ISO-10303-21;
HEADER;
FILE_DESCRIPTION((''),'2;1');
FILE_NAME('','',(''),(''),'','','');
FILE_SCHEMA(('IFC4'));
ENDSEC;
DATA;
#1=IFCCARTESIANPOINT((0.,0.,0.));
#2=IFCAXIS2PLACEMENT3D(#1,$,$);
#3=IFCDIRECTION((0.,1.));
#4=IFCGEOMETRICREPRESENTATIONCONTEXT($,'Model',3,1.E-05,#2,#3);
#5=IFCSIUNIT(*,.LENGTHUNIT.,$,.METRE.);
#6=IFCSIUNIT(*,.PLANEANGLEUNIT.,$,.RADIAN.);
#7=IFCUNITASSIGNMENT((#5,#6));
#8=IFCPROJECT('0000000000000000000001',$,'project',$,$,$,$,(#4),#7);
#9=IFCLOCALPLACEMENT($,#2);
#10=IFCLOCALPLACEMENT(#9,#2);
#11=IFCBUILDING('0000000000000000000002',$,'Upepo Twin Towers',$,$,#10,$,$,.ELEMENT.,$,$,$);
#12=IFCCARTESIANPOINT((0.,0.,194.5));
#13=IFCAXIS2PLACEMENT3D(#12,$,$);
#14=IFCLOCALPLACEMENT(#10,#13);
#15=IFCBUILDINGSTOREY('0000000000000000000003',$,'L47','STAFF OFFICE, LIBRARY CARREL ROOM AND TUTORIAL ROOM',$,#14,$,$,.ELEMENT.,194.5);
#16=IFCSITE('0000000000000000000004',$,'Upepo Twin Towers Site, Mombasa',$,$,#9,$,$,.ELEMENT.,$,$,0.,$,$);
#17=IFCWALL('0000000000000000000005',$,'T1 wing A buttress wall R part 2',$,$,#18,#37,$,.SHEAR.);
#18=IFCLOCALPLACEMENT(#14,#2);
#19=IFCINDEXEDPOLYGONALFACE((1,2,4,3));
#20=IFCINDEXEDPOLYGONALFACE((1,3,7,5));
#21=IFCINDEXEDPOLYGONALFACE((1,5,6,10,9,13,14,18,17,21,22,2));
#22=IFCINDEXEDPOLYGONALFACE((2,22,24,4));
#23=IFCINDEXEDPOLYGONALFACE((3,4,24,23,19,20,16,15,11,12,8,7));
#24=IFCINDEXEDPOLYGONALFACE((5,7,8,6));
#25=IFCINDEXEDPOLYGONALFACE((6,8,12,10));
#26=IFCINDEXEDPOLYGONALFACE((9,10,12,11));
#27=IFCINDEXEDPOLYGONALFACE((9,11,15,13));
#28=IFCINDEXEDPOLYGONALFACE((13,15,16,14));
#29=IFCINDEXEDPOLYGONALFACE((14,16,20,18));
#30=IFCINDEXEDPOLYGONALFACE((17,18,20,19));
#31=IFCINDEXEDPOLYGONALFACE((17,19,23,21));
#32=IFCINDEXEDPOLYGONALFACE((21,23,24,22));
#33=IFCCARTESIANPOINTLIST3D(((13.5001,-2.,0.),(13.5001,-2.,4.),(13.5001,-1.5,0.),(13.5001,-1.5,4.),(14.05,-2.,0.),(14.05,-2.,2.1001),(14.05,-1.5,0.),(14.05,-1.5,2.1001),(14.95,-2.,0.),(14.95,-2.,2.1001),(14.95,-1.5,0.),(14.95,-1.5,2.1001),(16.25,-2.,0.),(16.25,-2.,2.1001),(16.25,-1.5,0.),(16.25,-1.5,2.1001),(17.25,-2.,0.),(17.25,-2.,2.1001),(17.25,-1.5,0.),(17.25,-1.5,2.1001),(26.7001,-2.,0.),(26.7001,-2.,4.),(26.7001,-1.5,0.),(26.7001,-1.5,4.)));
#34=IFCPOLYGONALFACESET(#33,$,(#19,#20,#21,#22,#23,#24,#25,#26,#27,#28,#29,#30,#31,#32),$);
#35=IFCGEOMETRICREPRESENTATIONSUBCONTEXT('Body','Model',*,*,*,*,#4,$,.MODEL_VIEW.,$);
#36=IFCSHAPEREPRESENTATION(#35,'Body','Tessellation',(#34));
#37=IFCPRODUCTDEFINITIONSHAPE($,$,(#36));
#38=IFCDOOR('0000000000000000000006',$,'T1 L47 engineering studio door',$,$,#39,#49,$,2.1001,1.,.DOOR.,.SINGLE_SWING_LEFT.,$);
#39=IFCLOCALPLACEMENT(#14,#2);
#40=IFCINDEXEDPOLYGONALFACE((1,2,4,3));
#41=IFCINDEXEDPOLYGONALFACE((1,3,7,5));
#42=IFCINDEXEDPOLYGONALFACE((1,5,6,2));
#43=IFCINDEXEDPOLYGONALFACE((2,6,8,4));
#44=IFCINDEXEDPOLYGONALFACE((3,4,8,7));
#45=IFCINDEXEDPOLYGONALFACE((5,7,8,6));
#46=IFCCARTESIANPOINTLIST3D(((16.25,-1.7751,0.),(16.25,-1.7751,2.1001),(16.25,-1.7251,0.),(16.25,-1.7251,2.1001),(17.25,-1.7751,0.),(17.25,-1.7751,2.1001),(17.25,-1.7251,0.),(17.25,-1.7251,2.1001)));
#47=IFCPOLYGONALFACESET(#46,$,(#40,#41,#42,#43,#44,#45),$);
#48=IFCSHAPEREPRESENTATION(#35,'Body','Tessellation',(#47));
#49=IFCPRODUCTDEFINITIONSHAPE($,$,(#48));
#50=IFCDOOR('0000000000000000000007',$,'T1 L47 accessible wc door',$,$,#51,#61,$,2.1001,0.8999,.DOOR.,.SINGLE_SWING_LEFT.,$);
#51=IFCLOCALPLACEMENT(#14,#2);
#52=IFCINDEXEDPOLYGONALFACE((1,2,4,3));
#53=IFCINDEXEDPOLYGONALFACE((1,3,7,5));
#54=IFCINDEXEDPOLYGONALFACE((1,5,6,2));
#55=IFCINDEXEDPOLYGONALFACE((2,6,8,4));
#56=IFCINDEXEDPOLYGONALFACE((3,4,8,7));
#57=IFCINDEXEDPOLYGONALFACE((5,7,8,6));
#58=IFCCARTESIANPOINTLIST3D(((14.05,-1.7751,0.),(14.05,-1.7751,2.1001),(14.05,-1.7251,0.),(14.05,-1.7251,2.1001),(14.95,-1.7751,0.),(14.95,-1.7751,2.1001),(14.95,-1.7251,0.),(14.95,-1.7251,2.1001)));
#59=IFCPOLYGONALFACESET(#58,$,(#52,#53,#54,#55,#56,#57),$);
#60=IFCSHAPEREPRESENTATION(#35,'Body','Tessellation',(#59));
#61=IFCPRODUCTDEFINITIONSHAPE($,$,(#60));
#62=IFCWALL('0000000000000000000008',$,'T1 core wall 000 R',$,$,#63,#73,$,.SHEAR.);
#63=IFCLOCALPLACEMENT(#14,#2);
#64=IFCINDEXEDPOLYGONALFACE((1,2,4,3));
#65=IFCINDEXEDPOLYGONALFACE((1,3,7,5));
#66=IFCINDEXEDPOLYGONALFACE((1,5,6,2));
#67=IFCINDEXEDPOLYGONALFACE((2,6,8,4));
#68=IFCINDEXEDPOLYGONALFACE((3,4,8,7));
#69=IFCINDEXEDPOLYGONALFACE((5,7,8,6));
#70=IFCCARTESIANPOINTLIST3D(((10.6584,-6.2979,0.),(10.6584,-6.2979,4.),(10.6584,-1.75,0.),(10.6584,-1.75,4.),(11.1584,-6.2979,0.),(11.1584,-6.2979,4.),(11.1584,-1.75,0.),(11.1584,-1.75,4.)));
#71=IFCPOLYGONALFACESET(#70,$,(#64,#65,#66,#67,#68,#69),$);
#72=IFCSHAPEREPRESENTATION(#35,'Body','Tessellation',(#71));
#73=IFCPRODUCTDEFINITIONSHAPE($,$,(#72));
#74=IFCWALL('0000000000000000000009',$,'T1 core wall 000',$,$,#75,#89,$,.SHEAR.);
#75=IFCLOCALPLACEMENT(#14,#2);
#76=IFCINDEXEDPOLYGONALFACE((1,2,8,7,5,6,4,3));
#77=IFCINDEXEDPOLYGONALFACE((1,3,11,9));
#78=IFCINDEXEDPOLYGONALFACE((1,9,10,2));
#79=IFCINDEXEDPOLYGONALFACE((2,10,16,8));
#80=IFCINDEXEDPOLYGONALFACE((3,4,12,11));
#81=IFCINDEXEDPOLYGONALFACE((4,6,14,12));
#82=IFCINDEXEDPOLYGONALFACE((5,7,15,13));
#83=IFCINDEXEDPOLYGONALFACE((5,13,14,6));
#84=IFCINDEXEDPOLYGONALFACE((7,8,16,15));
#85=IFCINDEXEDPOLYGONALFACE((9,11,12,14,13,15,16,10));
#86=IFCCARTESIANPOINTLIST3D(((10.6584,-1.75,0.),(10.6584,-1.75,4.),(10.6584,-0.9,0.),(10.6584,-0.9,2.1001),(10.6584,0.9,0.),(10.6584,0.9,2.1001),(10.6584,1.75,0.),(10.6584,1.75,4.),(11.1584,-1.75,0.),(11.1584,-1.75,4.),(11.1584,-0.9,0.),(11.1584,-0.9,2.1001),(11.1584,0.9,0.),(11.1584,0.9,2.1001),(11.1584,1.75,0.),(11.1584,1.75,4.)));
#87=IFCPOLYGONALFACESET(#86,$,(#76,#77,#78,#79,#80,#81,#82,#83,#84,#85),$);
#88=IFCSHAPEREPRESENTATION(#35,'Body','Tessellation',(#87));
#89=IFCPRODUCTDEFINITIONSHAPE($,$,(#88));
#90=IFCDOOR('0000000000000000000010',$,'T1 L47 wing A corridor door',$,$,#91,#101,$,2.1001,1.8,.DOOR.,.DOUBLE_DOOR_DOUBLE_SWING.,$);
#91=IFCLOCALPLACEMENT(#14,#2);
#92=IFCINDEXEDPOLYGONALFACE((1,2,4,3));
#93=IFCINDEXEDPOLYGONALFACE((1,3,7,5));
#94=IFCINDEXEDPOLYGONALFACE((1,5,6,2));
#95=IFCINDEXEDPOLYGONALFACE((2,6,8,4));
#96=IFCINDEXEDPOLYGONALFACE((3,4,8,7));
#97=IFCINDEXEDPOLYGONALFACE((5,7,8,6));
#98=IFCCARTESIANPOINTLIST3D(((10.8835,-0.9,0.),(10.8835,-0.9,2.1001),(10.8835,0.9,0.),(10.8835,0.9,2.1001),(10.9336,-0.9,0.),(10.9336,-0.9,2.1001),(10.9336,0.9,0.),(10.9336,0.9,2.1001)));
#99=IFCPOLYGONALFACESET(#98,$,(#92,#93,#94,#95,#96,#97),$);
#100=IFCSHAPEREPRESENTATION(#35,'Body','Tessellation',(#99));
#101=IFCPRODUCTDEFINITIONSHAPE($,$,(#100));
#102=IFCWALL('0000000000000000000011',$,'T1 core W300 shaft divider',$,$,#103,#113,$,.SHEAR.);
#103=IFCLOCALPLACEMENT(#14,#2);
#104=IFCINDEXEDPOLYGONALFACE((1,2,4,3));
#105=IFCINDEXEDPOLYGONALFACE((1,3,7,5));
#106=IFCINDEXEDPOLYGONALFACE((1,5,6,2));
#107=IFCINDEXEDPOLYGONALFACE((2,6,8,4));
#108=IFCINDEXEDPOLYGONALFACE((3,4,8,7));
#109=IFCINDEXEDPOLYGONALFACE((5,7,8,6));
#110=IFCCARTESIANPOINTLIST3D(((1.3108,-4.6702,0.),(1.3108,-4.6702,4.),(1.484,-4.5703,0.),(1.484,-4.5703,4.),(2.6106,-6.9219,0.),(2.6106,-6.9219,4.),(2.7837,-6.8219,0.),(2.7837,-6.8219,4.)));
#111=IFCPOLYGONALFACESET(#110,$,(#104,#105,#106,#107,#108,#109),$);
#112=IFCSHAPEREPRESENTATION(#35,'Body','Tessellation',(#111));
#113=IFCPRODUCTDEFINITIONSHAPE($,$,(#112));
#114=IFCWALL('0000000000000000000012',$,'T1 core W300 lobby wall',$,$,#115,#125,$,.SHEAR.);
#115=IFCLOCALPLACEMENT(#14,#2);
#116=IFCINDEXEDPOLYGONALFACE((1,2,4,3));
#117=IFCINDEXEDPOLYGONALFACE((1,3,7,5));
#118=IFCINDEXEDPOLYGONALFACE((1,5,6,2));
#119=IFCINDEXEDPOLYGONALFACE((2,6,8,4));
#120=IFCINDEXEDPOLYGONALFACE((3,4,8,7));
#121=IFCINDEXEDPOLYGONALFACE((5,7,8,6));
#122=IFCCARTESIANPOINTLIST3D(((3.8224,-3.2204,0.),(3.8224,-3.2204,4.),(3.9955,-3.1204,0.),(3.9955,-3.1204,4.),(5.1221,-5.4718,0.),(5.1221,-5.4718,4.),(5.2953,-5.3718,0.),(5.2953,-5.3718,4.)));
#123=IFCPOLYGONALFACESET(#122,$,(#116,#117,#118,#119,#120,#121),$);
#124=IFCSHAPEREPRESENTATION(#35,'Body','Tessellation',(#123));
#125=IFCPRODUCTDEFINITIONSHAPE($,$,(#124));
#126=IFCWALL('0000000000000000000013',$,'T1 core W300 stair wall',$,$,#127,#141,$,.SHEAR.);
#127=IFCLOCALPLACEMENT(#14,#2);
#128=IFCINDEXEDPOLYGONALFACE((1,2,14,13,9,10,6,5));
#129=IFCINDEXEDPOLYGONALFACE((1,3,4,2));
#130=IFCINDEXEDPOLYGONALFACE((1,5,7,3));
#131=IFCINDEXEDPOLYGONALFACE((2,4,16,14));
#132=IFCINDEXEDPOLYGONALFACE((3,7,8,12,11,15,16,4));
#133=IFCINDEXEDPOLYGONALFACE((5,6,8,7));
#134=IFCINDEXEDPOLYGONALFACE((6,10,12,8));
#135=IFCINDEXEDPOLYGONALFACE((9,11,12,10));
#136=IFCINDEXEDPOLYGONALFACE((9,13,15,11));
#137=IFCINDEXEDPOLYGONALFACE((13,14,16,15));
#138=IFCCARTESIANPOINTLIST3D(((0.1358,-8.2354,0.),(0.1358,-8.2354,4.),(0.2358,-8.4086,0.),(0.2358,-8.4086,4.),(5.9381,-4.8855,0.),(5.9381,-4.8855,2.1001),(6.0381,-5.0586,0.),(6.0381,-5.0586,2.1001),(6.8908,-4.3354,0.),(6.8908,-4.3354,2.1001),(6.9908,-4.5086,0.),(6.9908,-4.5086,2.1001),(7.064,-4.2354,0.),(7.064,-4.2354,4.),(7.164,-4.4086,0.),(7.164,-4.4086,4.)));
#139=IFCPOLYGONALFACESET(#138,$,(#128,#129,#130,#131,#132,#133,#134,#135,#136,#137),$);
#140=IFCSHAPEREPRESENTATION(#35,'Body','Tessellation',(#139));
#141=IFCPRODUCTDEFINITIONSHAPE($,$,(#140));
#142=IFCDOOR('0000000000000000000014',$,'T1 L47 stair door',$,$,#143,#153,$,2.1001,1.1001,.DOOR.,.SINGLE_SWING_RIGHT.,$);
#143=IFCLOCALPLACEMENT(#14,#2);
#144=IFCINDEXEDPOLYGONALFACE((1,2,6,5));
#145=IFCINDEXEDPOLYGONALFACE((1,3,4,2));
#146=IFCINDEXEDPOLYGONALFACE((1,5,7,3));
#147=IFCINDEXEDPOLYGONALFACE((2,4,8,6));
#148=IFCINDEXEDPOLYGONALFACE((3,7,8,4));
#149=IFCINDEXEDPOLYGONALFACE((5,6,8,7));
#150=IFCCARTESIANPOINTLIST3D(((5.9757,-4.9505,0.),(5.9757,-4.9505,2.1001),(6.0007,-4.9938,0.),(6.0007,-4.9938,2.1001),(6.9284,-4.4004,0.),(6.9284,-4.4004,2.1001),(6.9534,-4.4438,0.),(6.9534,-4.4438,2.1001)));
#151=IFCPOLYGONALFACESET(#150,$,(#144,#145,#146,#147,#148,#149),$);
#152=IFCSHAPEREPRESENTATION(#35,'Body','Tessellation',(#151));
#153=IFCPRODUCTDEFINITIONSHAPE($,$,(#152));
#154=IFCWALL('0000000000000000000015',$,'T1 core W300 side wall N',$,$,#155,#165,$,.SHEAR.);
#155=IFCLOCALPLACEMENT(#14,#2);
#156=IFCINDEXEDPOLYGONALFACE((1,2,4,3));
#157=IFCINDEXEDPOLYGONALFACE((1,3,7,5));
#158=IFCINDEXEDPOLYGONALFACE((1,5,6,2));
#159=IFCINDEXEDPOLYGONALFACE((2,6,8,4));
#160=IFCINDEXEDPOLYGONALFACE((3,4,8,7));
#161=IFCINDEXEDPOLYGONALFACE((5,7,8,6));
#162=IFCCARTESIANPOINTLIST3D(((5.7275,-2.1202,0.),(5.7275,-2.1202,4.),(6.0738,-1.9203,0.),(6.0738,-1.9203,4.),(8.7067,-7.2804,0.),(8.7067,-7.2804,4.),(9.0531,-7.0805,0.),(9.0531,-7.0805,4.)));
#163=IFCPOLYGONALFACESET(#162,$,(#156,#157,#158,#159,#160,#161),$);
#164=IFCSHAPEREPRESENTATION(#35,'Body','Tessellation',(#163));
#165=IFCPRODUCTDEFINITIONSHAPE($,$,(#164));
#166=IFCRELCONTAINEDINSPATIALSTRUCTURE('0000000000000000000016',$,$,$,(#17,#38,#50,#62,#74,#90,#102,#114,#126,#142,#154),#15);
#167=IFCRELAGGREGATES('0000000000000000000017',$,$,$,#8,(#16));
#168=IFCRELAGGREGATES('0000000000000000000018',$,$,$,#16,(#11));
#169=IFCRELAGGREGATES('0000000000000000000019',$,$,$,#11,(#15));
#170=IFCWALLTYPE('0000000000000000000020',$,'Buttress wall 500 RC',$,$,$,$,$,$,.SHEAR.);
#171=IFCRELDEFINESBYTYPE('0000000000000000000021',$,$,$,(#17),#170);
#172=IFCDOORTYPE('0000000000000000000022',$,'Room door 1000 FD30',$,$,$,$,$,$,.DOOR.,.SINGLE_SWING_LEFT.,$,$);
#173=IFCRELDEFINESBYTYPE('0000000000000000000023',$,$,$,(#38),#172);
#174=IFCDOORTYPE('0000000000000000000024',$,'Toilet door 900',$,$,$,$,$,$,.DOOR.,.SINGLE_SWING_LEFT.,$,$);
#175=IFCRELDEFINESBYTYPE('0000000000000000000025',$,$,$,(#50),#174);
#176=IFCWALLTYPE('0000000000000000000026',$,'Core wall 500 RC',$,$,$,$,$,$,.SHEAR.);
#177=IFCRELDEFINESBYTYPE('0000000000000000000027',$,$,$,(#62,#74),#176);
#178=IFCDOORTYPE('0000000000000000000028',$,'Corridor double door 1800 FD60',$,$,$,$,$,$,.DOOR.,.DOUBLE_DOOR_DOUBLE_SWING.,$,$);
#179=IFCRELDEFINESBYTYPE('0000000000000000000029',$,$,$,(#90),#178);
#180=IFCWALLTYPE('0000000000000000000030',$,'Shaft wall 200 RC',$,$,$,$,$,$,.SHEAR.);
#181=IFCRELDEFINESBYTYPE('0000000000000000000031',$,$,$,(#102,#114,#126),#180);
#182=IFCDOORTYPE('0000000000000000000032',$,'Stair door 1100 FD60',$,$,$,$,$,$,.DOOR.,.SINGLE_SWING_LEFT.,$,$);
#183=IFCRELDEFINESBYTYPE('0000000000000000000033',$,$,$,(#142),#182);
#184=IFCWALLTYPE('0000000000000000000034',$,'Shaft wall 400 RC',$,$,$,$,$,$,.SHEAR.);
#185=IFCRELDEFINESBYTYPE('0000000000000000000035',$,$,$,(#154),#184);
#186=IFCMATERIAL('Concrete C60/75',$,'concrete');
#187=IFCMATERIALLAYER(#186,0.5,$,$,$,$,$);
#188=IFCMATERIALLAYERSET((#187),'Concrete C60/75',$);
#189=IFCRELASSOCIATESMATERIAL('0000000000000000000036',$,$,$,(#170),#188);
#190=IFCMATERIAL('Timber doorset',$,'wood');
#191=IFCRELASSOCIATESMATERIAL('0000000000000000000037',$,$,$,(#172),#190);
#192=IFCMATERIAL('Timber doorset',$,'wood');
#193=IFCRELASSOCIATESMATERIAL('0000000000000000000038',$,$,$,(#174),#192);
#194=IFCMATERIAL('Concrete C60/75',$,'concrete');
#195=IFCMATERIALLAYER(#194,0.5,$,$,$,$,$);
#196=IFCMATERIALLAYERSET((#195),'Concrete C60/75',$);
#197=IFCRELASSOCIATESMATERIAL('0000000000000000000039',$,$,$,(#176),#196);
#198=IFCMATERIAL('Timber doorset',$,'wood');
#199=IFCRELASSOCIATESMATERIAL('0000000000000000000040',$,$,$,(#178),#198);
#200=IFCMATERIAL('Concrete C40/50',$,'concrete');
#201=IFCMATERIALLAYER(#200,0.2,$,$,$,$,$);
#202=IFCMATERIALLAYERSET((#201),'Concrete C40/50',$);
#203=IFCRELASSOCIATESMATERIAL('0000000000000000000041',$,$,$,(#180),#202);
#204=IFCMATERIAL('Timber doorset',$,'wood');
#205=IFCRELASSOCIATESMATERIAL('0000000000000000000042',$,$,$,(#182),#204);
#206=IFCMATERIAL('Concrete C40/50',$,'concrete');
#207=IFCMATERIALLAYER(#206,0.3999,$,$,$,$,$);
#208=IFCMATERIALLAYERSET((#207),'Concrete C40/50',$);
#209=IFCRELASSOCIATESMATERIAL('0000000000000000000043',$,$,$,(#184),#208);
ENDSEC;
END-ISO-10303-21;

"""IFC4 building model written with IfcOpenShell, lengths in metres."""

from ifc_helpers import new_model, si_unit, direction, frame, frame_2d, origin, place, context, subcontext, project, spatial, rectangle, extrude, material, layer, layer_set, type_object, element, fill, save


model = new_model("IFC4")

# Units and contexts
model_context = context("Model", 3, precision=1e-05, world=origin(), true_north=direction((0.0, 1.0)))
body_context = subcontext(model_context, "Body", "Model", "MODEL_VIEW")
ifc_project = project(units=[si_unit("LENGTHUNIT", "METRE"), si_unit("PLANEANGLEUNIT", "RADIAN")], contexts=[model_context])

# Site, building, storey
site_placement = place(None, origin())
site = spatial("IfcSite", under=ifc_project, at=site_placement, Name="Upepo Twin Towers Site, Mombasa", CompositionType="ELEMENT", RefElevation=0.0)
building_placement = place(site_placement, origin())
building = spatial("IfcBuilding", under=site, at=building_placement, Name="Upepo Twin Towers", CompositionType="ELEMENT")
storey_placement = place(building_placement, frame((0.0, 0.0, 194.5)))
storey = spatial("IfcBuildingStorey", under=building, at=storey_placement, Name="L47", Description="STAFF OFFICE, LIBRARY CARREL ROOM AND TUTORIAL ROOM", CompositionType="ELEMENT", Elevation=194.5)

# Wall, openings, doors
ifc_material_1 = material(Name="Concrete C60/75", Category="concrete")
ifc_layer_1 = layer(ifc_material_1, 0.5)
ifc_layer_set_1 = layer_set([ifc_layer_1], Name="Concrete C60/75")
wall_type_1 = type_object("IfcWallType", Name="Buttress wall 500 RC", PredefinedType="SHEAR", material=ifc_layer_set_1)
wall_1_placement = place(storey_placement, frame((13.5, -1.75, 0.0), z_axis=(0.0, 0.0, 1.0), x_axis=(1.0, 0.0, 0.0)))
wall_1 = element("IfcWall", 1, at=wall_1_placement, inside=storey, type_object=wall_type_1, Name="T1 wing A buttress wall R part 2", PredefinedType="SHEAR", context=body_context, shape_type="SweptSolid", body=[
    extrude(rectangle(XDim=13.2, YDim=0.5, at=frame_2d((6.6001, 0.0))), origin(), (0.0, 0.0, 1.0), 4.0),
])
opening_1_placement = place(wall_1_placement, frame((0.55, 0.0, 0.0)))
opening_1 = element("IfcOpeningElement", 2, at=opening_1_placement, cuts=wall_1, PredefinedType="OPENING", context=body_context, shape_type="SweptSolid", body=[
    extrude(rectangle(XDim=0.8999, YDim=2.1001, at=frame_2d((0.45, 1.05))), frame((0.0, 0.26, 0.0), z_axis=(0.0, -1.0, 0.0), x_axis=(1.0, 0.0, 0.0)), (0.0, 0.0, 1.0), 0.52),
])
opening_2_placement = place(wall_1_placement, frame((2.75, 0.0, 0.0)))
opening_2 = element("IfcOpeningElement", 3, at=opening_2_placement, cuts=wall_1, PredefinedType="OPENING", context=body_context, shape_type="SweptSolid", body=[
    extrude(rectangle(XDim=1.0, YDim=2.1001, at=frame_2d((0.5, 1.05))), frame((0.0, 0.26, 0.0), z_axis=(0.0, -1.0, 0.0), x_axis=(1.0, 0.0, 0.0)), (0.0, 0.0, 1.0), 0.52),
])
ifc_material_2 = material(Name="Timber doorset", Category="wood")
door_type_1 = type_object("IfcDoorType", Name="Room door 1000 FD30", OperationType="SINGLE_SWING_LEFT", PredefinedType="DOOR", material=ifc_material_2)
door_1_placement = place(opening_2_placement, origin())
door_1 = element("IfcDoor", 4, at=door_1_placement, inside=storey, type_object=door_type_1, Name="T1 L47 engineering studio door", OperationType="SINGLE_SWING_LEFT", OverallHeight=2.1001, OverallWidth=1.0, PredefinedType="DOOR", context=body_context, shape_type="SweptSolid", body=[
    extrude(rectangle(XDim=1.0, YDim=2.1001, at=frame_2d((0.5, 1.05))), frame((0.0, 0.0249, 0.0), z_axis=(0.0, -1.0, 0.0), x_axis=(1.0, 0.0, 0.0)), (0.0, 0.0, 1.0), 0.05),
])
fill(opening_2, door_1)
ifc_material_3 = material(Name="Timber doorset", Category="wood")
door_type_2 = type_object("IfcDoorType", Name="Toilet door 900", OperationType="SINGLE_SWING_LEFT", PredefinedType="DOOR", material=ifc_material_3)
door_2_placement = place(opening_1_placement, origin())
door_2 = element("IfcDoor", 5, at=door_2_placement, inside=storey, type_object=door_type_2, Name="T1 L47 accessible wc door", OperationType="SINGLE_SWING_LEFT", OverallHeight=2.1001, OverallWidth=0.8999, PredefinedType="DOOR", context=body_context, shape_type="SweptSolid", body=[
    extrude(rectangle(XDim=0.8999, YDim=2.1001, at=frame_2d((0.45, 1.05))), frame((0.0, 0.0249, 0.0), z_axis=(0.0, -1.0, 0.0), x_axis=(1.0, 0.0, 0.0)), (0.0, 0.0, 1.0), 0.05),
])
fill(opening_1, door_2)

# Wall
ifc_material_4 = material(Name="Concrete C60/75", Category="concrete")
ifc_layer_2 = layer(ifc_material_4, 0.5)
ifc_layer_set_2 = layer_set([ifc_layer_2], Name="Concrete C60/75")
wall_type_2 = type_object("IfcWallType", Name="Core wall 500 RC", PredefinedType="SHEAR", material=ifc_layer_set_2)
wall_2_placement = place(storey_placement, frame((10.9084, -6.2979, 0.0), z_axis=(0.0, 0.0, 1.0), x_axis=(0.0, 1.0, 0.0)))
element("IfcWall", 6, at=wall_2_placement, inside=storey, type_object=wall_type_2, Name="T1 core wall 000 R", PredefinedType="SHEAR", context=body_context, shape_type="SweptSolid", body=[
    extrude(rectangle(XDim=4.5479, YDim=0.5, at=frame_2d((2.2739, 0.0))), origin(), (0.0, 0.0, 1.0), 4.0),
])

# Wall, opening, door
wall_3_placement = place(storey_placement, frame((10.9084, -1.75, 0.0), z_axis=(0.0, 0.0, 1.0), x_axis=(0.0, 1.0, 0.0)))
wall_3 = element("IfcWall", 7, at=wall_3_placement, inside=storey, type_object=wall_type_2, Name="T1 core wall 000", PredefinedType="SHEAR", context=body_context, shape_type="SweptSolid", body=[
    extrude(rectangle(XDim=3.5, YDim=0.5, at=frame_2d((1.75, 0.0))), origin(), (0.0, 0.0, 1.0), 4.0),
])
opening_3_placement = place(wall_3_placement, frame((0.8501, 0.0, 0.0)))
opening_3 = element("IfcOpeningElement", 8, at=opening_3_placement, cuts=wall_3, PredefinedType="OPENING", context=body_context, shape_type="SweptSolid", body=[
    extrude(rectangle(XDim=1.8, YDim=2.1001, at=frame_2d((0.8999, 1.05))), frame((0.0, 0.26, 0.0), z_axis=(0.0, -1.0, 0.0), x_axis=(1.0, 0.0, 0.0)), (0.0, 0.0, 1.0), 0.52),
])
ifc_material_5 = material(Name="Timber doorset", Category="wood")
door_type_3 = type_object("IfcDoorType", Name="Corridor double door 1800 FD60", OperationType="DOUBLE_DOOR_DOUBLE_SWING", PredefinedType="DOOR", material=ifc_material_5)
door_3_placement = place(opening_3_placement, origin())
door_3 = element("IfcDoor", 9, at=door_3_placement, inside=storey, type_object=door_type_3, Name="T1 L47 wing A corridor door", OperationType="DOUBLE_DOOR_DOUBLE_SWING", OverallHeight=2.1001, OverallWidth=1.8, PredefinedType="DOOR", context=body_context, shape_type="SweptSolid", body=[
    extrude(rectangle(XDim=1.8, YDim=2.1001, at=frame_2d((0.8999, 1.05))), frame((0.0, 0.0249, 0.0), z_axis=(0.0, -1.0, 0.0), x_axis=(1.0, 0.0, 0.0)), (0.0, 0.0, 1.0), 0.05),
])
fill(opening_3, door_3)

# Walls
ifc_material_6 = material(Name="Concrete C40/50", Category="concrete")
ifc_layer_3 = layer(ifc_material_6, 0.2)
ifc_layer_set_3 = layer_set([ifc_layer_3], Name="Concrete C40/50")
wall_type_3 = type_object("IfcWallType", Name="Shaft wall 200 RC", PredefinedType="SHEAR", material=ifc_layer_set_3)
wall_4_placement = place(storey_placement, frame((1.3975, -4.6204, 0.0), z_axis=(0.0, 0.0, 1.0), x_axis=(0.499937, -0.866062, 0.0)))
element("IfcWall", 10, at=wall_4_placement, inside=storey, type_object=wall_type_3, Name="T1 core W300 shaft divider", PredefinedType="SHEAR", context=body_context, shape_type="SweptSolid", body=[
    extrude(rectangle(XDim=2.5999, YDim=0.2, at=frame_2d((1.2998, 0.0))), origin(), (0.0, 0.0, 1.0), 4.0),
])
wall_5_placement = place(storey_placement, frame((3.9089, -3.1704, 0.0), z_axis=(0.0, 0.0, 1.0), x_axis=(0.499977, -0.866039, 0.0)))
element("IfcWall", 11, at=wall_5_placement, inside=storey, type_object=wall_type_3, Name="T1 core W300 lobby wall", PredefinedType="SHEAR", context=body_context, shape_type="SweptSolid", body=[
    extrude(rectangle(XDim=2.5996, YDim=0.2, at=frame_2d((1.2998, 0.0))), origin(), (0.0, 0.0, 1.0), 4.0),
])

# Wall, opening, door
wall_6_placement = place(storey_placement, frame((0.1858, -8.322, 0.0), z_axis=(0.0, 0.0, 1.0), x_axis=(0.866026, 0.499999, 0.0)))
wall_6 = element("IfcWall", 12, at=wall_6_placement, inside=storey, type_object=wall_type_3, Name="T1 core W300 stair wall", PredefinedType="SHEAR", context=body_context, shape_type="SweptSolid", body=[
    extrude(rectangle(XDim=8.0, YDim=0.2, at=frame_2d((4.0, 0.0))), origin(), (0.0, 0.0, 1.0), 4.0),
])
opening_4_placement = place(wall_6_placement, frame((6.7, 0.0, 0.0)))
opening_4 = element("IfcOpeningElement", 13, at=opening_4_placement, cuts=wall_6, PredefinedType="OPENING", context=body_context, shape_type="SweptSolid", body=[
    extrude(rectangle(XDim=1.1001, YDim=2.1001, at=frame_2d((0.55, 1.05))), frame((0.0, 0.1099, 0.0), z_axis=(0.0, -1.0, 0.0), x_axis=(1.0, 0.0, 0.0)), (0.0, 0.0, 1.0), 0.22),
])
ifc_material_7 = material(Name="Timber doorset", Category="wood")
door_type_4 = type_object("IfcDoorType", Name="Stair door 1100 FD60", OperationType="SINGLE_SWING_LEFT", PredefinedType="DOOR", material=ifc_material_7)
door_4_placement = place(opening_4_placement, origin())
door_4 = element("IfcDoor", 14, at=door_4_placement, inside=storey, type_object=door_type_4, Name="T1 L47 stair door", OperationType="SINGLE_SWING_RIGHT", OverallHeight=2.1001, OverallWidth=1.1001, PredefinedType="DOOR", context=body_context, shape_type="SweptSolid", body=[
    extrude(rectangle(XDim=1.1001, YDim=2.1001, at=frame_2d((0.55, 1.05))), frame((0.0, 0.0249, 0.0), z_axis=(0.0, -1.0, 0.0), x_axis=(1.0, 0.0, 0.0)), (0.0, 0.0, 1.0), 0.05),
])
fill(opening_4, door_4)

# Wall
ifc_material_8 = material(Name="Concrete C40/50", Category="concrete")
ifc_layer_4 = layer(ifc_material_8, 0.3999)
ifc_layer_set_4 = layer_set([ifc_layer_4], Name="Concrete C40/50")
wall_type_4 = type_object("IfcWallType", Name="Shaft wall 400 RC", PredefinedType="SHEAR", material=ifc_layer_set_4)
wall_7_placement = place(storey_placement, frame((5.9006, -2.0203, 0.0), z_axis=(0.0, 0.0, 1.0), x_axis=(0.500004, -0.866023, 0.0)))
element("IfcWall", 15, at=wall_7_placement, inside=storey, type_object=wall_type_4, Name="T1 core W300 side wall N", PredefinedType="SHEAR", context=body_context, shape_type="SweptSolid", body=[
    extrude(rectangle(XDim=5.9585, YDim=0.3999, at=frame_2d((2.9792, 0.0))), origin(), (0.0, 0.0, 1.0), 4.0),
])

save(model, "model.ifc")
